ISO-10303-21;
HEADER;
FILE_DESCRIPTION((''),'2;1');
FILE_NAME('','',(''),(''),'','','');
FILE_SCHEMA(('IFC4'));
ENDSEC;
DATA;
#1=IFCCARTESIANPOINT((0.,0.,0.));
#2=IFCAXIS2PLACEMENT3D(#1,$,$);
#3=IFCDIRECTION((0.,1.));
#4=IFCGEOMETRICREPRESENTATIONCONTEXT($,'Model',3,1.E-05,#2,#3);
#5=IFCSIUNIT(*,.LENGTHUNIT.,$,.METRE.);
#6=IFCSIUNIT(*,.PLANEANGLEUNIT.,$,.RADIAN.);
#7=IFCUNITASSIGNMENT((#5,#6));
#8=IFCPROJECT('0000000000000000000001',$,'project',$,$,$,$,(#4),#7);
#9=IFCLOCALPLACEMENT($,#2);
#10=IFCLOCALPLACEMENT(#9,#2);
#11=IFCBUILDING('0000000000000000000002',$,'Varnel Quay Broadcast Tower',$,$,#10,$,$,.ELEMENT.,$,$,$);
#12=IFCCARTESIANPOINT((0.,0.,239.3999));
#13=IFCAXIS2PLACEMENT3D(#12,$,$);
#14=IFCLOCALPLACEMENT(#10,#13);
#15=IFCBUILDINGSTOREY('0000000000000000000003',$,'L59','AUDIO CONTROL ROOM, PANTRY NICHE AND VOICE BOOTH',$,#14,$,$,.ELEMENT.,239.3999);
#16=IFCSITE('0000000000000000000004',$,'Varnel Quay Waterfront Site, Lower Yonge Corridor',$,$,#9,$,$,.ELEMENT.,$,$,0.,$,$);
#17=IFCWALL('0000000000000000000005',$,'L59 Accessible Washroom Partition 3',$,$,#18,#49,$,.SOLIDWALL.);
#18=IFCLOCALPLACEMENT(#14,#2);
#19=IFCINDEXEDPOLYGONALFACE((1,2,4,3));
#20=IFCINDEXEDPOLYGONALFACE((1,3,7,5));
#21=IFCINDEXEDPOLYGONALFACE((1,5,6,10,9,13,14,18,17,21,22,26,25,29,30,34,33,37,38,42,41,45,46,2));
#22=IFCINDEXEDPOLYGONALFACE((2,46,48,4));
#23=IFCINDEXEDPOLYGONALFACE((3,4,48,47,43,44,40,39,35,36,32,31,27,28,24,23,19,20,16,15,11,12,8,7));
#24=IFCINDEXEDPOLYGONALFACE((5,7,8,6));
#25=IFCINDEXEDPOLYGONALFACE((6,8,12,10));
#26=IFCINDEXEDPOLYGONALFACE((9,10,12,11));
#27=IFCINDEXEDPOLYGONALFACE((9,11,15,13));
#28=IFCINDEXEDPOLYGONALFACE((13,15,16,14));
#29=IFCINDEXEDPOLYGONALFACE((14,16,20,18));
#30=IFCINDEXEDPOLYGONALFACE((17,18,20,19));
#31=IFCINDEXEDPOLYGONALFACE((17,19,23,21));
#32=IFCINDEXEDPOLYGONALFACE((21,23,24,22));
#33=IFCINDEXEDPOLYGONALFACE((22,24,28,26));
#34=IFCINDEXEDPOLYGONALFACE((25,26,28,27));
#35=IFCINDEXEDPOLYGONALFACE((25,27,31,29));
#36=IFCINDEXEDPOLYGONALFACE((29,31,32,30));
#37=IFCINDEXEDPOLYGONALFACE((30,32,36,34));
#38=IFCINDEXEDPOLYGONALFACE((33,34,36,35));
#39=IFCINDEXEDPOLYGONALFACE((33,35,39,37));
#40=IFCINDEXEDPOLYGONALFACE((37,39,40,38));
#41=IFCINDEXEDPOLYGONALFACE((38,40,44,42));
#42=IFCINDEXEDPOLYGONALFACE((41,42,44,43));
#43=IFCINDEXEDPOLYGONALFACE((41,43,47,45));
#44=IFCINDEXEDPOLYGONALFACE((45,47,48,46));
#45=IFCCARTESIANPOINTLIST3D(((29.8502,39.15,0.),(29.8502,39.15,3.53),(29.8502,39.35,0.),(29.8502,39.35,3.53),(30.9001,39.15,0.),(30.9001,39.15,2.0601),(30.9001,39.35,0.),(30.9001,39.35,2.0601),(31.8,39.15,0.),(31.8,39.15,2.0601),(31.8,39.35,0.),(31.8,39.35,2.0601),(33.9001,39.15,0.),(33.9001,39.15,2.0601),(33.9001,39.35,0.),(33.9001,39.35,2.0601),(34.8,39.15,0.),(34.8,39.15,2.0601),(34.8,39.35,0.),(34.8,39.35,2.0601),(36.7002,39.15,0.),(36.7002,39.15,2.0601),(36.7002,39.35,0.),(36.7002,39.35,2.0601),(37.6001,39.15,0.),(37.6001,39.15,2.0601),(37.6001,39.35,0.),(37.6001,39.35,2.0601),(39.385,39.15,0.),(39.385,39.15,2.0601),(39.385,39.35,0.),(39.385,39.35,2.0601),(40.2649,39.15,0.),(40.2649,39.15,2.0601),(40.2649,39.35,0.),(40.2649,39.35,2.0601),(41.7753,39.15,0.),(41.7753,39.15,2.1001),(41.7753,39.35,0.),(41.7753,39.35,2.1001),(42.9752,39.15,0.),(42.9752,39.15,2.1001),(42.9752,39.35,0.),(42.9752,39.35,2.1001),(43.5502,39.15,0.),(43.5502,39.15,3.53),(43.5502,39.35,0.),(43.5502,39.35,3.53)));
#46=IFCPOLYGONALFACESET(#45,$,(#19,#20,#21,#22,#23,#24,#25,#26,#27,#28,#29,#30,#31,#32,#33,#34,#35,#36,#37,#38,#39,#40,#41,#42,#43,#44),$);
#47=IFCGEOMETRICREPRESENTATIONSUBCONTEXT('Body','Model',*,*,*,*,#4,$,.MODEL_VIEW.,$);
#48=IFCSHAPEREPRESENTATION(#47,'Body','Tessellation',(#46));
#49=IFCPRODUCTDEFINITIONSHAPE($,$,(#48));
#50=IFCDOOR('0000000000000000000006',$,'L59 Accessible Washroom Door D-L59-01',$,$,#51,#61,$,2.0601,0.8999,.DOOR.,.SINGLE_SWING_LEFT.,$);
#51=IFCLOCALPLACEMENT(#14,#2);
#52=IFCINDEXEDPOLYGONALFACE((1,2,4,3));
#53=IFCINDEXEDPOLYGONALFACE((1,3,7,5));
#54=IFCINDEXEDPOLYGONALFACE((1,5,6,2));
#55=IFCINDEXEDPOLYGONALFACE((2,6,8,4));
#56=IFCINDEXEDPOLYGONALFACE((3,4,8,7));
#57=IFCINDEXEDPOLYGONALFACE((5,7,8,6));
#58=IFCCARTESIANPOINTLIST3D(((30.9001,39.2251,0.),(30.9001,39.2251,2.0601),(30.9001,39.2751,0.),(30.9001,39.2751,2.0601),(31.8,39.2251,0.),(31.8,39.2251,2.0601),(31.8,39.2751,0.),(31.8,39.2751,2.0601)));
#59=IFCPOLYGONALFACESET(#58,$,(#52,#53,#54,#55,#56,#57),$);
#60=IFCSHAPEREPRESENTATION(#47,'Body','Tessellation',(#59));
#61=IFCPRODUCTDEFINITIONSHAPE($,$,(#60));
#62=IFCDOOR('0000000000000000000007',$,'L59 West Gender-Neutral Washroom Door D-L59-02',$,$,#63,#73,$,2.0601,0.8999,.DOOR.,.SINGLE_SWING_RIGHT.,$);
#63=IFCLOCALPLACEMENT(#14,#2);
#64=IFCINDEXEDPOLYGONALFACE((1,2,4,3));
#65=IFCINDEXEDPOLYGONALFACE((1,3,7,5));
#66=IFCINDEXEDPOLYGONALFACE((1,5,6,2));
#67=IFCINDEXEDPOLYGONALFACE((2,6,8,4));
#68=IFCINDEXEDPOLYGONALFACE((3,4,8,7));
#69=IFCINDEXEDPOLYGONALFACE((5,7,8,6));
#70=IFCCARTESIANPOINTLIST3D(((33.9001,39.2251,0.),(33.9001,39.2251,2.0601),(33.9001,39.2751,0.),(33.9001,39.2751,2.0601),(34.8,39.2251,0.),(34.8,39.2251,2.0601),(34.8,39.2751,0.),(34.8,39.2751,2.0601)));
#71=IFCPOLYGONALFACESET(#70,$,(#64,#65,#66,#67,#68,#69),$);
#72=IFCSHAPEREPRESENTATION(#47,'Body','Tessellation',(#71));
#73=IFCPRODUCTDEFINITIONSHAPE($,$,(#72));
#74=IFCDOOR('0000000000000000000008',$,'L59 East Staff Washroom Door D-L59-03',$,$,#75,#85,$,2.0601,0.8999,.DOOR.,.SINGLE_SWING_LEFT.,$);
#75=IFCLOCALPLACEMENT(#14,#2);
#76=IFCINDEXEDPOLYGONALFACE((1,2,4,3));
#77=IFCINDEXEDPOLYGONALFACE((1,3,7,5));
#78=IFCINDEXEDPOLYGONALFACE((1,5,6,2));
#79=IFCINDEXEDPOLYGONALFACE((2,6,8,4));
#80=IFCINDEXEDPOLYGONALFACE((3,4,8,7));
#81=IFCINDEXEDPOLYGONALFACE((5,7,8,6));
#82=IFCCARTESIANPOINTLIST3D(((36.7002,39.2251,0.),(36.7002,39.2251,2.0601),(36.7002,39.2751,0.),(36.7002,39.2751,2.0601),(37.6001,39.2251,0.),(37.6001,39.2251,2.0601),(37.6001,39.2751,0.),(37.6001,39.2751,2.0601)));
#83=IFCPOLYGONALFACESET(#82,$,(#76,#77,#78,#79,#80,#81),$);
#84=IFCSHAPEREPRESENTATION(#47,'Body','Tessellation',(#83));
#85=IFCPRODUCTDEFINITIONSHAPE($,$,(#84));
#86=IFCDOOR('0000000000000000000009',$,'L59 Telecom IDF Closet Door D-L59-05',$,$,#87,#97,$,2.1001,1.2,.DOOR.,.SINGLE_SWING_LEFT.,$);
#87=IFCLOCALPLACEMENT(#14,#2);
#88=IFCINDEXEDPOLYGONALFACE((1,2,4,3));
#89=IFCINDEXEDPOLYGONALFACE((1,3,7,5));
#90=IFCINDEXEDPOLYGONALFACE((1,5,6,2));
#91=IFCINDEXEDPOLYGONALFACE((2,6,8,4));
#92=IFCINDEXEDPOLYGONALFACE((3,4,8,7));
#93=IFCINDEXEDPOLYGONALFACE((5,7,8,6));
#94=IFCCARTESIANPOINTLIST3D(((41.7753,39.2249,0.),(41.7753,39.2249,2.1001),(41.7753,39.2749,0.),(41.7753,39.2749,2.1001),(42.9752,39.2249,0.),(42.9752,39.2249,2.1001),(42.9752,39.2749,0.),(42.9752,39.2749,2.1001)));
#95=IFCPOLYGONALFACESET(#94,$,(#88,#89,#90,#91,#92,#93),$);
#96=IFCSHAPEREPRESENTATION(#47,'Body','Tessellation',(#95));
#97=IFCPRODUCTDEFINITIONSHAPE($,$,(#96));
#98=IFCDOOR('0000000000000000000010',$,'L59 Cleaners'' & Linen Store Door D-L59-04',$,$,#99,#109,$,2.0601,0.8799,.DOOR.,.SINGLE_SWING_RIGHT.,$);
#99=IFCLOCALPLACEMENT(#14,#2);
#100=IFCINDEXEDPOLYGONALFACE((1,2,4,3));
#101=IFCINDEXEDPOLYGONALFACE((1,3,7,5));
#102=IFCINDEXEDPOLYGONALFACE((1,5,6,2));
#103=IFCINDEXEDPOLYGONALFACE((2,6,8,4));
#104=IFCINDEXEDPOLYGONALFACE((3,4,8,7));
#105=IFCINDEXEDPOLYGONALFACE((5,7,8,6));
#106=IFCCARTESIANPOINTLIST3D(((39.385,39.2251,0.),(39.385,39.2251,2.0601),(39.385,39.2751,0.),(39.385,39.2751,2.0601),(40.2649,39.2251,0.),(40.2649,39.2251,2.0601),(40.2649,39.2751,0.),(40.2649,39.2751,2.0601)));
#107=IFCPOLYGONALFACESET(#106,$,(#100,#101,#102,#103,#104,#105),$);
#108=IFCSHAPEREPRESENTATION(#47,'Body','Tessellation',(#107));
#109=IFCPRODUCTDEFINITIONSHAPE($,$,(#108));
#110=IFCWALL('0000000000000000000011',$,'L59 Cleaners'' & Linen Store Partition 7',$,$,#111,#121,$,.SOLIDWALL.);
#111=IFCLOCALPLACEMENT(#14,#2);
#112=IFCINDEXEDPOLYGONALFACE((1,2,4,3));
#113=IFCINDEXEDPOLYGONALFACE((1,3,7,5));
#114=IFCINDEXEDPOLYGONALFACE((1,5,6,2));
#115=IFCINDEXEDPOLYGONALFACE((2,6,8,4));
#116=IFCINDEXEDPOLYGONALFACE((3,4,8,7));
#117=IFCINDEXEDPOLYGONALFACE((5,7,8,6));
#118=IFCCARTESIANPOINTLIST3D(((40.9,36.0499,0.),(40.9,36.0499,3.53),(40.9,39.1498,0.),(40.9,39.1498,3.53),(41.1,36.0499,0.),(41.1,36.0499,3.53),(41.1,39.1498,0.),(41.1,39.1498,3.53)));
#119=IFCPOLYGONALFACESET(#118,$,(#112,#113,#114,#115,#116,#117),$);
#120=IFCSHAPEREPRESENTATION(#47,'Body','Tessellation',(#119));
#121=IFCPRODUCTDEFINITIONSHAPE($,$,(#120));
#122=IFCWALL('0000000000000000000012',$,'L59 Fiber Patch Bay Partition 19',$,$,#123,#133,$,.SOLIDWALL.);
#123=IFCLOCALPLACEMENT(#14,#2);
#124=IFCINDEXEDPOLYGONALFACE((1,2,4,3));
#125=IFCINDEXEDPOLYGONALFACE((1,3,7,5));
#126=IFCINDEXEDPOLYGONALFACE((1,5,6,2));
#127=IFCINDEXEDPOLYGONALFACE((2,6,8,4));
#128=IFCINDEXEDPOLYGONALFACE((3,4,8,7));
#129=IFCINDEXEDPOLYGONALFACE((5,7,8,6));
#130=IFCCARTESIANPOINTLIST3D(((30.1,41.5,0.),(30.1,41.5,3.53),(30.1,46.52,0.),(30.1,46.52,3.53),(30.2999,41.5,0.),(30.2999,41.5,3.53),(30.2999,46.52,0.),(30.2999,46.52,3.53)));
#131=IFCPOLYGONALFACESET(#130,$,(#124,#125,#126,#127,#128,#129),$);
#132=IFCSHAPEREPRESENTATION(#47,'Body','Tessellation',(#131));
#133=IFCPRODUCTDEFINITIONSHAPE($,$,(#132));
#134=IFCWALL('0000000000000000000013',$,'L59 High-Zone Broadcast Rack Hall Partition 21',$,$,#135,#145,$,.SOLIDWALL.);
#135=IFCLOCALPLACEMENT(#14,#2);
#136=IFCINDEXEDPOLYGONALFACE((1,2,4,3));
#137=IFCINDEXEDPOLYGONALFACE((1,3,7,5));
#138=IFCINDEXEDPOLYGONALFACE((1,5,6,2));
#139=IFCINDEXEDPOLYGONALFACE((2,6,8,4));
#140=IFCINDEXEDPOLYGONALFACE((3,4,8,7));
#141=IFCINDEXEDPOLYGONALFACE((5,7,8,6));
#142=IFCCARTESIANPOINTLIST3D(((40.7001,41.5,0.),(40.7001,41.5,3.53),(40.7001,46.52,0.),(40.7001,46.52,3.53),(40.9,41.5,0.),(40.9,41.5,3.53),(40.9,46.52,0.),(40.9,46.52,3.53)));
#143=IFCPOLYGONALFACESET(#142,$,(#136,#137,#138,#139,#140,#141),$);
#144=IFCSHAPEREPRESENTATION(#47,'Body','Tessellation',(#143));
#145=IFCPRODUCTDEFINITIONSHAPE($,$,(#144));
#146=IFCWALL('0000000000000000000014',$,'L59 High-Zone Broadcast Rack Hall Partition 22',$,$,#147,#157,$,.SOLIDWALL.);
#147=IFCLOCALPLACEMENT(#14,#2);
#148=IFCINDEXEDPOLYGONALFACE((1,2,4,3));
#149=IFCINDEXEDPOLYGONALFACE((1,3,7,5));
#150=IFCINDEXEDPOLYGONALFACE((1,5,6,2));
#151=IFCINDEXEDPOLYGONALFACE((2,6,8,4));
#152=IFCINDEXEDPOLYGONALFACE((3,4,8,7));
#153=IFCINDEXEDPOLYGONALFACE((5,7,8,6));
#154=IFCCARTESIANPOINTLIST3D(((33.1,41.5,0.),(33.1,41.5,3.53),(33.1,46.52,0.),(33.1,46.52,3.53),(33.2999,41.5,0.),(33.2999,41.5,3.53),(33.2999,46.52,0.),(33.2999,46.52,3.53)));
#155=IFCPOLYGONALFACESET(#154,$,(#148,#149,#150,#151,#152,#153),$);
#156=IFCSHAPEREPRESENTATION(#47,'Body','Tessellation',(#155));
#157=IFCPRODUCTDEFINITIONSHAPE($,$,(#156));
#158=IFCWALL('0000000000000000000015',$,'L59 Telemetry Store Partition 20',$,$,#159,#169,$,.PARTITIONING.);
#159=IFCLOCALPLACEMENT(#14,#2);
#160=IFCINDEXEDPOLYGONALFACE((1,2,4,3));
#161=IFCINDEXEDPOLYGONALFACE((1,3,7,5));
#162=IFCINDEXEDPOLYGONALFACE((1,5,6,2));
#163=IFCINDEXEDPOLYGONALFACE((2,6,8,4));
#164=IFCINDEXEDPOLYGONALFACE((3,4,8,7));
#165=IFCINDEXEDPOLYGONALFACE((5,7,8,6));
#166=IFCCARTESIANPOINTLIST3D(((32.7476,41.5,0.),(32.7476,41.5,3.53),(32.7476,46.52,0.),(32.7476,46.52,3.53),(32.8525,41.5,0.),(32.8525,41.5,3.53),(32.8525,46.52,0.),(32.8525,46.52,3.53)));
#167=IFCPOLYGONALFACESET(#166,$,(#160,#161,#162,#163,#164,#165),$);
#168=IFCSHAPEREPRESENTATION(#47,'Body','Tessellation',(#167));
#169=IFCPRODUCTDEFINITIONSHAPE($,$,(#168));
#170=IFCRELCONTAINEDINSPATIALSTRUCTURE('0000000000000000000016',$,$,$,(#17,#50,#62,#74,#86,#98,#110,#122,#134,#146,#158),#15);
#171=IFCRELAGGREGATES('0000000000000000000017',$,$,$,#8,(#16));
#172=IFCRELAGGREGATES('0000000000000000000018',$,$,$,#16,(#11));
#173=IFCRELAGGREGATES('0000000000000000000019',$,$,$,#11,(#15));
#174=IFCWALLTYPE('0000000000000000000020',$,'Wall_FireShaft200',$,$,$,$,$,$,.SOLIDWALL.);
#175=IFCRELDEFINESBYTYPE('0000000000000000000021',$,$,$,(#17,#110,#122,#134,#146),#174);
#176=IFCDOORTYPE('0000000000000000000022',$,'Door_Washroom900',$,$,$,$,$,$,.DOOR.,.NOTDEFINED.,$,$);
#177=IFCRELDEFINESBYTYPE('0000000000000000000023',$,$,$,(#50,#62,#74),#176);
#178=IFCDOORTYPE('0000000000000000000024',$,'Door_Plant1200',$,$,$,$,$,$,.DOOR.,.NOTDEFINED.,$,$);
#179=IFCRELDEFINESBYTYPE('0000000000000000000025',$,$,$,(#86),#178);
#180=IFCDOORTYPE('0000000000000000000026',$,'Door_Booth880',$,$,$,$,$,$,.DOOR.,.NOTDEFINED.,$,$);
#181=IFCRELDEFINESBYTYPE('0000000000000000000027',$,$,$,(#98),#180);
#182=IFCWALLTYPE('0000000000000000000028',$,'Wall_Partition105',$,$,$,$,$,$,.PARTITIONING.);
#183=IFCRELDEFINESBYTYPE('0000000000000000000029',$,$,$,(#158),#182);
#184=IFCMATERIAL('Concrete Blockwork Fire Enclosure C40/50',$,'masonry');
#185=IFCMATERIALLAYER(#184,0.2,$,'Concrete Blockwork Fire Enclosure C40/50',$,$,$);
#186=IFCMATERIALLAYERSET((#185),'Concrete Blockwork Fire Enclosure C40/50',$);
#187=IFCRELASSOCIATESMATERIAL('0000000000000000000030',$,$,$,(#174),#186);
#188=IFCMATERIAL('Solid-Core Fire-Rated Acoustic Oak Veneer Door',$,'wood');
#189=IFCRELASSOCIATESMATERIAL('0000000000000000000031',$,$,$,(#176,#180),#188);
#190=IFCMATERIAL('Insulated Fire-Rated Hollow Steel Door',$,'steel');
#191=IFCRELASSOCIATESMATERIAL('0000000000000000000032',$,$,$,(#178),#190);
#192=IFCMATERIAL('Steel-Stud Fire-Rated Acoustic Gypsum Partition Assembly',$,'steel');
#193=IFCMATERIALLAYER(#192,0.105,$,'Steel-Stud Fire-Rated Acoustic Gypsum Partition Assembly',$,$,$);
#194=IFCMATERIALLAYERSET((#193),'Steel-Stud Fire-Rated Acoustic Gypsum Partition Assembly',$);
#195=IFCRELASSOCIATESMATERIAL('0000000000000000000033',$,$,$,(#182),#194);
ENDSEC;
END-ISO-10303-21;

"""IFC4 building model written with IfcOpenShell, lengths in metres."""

from ifc_helpers import new_model, si_unit, direction, frame, frame_2d, origin, place, context, subcontext, project, spatial, rectangle, extrude, source, transform, mapped, material, layer, layer_set, type_object, type_shapes, element, fill, save


model = new_model("IFC4")

# Units and contexts
model_context = context("Model", 3, precision=1e-05, world=origin(), true_north=direction((0.0, 1.0)))
body_context = subcontext(model_context, "Body", "Model", "MODEL_VIEW")
ifc_project = project(units=[si_unit("LENGTHUNIT", "METRE"), si_unit("PLANEANGLEUNIT", "RADIAN")], contexts=[model_context])

# Site, building, storey
site_placement = place(None, origin())
site = spatial("IfcSite", under=ifc_project, at=site_placement, Name="Varnel Quay Waterfront Site, Lower Yonge Corridor", CompositionType="ELEMENT", RefElevation=0.0)
building_placement = place(site_placement, origin())
building = spatial("IfcBuilding", under=site, at=building_placement, Name="Varnel Quay Broadcast Tower", CompositionType="ELEMENT")
storey_placement = place(building_placement, frame((0.0, 0.0, 239.3999)))
storey = spatial("IfcBuildingStorey", under=building, at=storey_placement, Name="L59", Description="AUDIO CONTROL ROOM, PANTRY NICHE AND VOICE BOOTH", CompositionType="ELEMENT", Elevation=239.3999)

# Shared definitions
ifc_material_1 = material(Name="Concrete Blockwork Fire Enclosure C40/50", Category="masonry")
ifc_layer_1 = layer(ifc_material_1, 0.2, Name="Concrete Blockwork Fire Enclosure C40/50")
ifc_layer_set_1 = layer_set([ifc_layer_1], Name="Concrete Blockwork Fire Enclosure C40/50")
wall_type_1 = type_object("IfcWallType", Name="Wall_FireShaft200", PredefinedType="SOLIDWALL", material=ifc_layer_set_1)

# Wall, openings, doors
wall_1_placement = place(storey_placement, frame((29.8501, 39.25, 0.0), z_axis=(0.0, 0.0, 1.0), x_axis=(1.0, 0.0, 0.0)))
wall_1 = element("IfcWall", 1, at=wall_1_placement, inside=storey, type_object=wall_type_1, Name="L59 Accessible Washroom Partition 3", PredefinedType="SOLIDWALL", context=body_context, shape_type="SweptSolid", body=[
    extrude(rectangle(XDim=13.7, YDim=0.2, at=frame_2d((6.8501, 0.0))), origin(), (0.0, 0.0, 1.0), 3.53),
])
opening_1_placement = place(wall_1_placement, frame((1.05, 0.0, 0.0)))
opening_1 = element("IfcOpeningElement", 2, at=opening_1_placement, cuts=wall_1, PredefinedType="OPENING", context=body_context, shape_type="SweptSolid", body=[
    extrude(rectangle(XDim=0.8999, YDim=2.0601, at=frame_2d((0.45, 1.03))), frame((0.0, 0.1099, 0.0), z_axis=(0.0, -1.0, 0.0), x_axis=(1.0, 0.0, 0.0)), (0.0, 0.0, 1.0), 0.22),
])
opening_2_placement = place(wall_1_placement, frame((4.05, 0.0, 0.0)))
opening_2 = element("IfcOpeningElement", 3, at=opening_2_placement, cuts=wall_1, PredefinedType="OPENING", context=body_context, shape_type="SweptSolid", body=[
    extrude(rectangle(XDim=0.8999, YDim=2.0601, at=frame_2d((0.45, 1.03))), frame((0.0, 0.1099, 0.0), z_axis=(0.0, -1.0, 0.0), x_axis=(1.0, 0.0, 0.0)), (0.0, 0.0, 1.0), 0.22),
])
opening_3_placement = place(wall_1_placement, frame((6.8501, 0.0, 0.0)))
opening_3 = element("IfcOpeningElement", 4, at=opening_3_placement, cuts=wall_1, PredefinedType="OPENING", context=body_context, shape_type="SweptSolid", body=[
    extrude(rectangle(XDim=0.8999, YDim=2.0601, at=frame_2d((0.45, 1.03))), frame((0.0, 0.1099, 0.0), z_axis=(0.0, -1.0, 0.0), x_axis=(1.0, 0.0, 0.0)), (0.0, 0.0, 1.0), 0.22),
])
opening_4_placement = place(wall_1_placement, frame((9.5349, 0.0, 0.0)))
opening_4 = element("IfcOpeningElement", 5, at=opening_4_placement, cuts=wall_1, PredefinedType="OPENING", context=body_context, shape_type="SweptSolid", body=[
    extrude(rectangle(XDim=0.8799, YDim=2.0601, at=frame_2d((0.4399, 1.03))), frame((0.0, 0.1099, 0.0), z_axis=(0.0, -1.0, 0.0), x_axis=(1.0, 0.0, 0.0)), (0.0, 0.0, 1.0), 0.22),
])
opening_5_placement = place(wall_1_placement, frame((11.925, 0.0, 0.0)))
opening_5 = element("IfcOpeningElement", 6, at=opening_5_placement, cuts=wall_1, PredefinedType="OPENING", context=body_context, shape_type="SweptSolid", body=[
    extrude(rectangle(XDim=1.2, YDim=2.1001, at=frame_2d((0.6001, 1.05))), frame((0.0, 0.1099, 0.0), z_axis=(0.0, -1.0, 0.0), x_axis=(1.0, 0.0, 0.0)), (0.0, 0.0, 1.0), 0.22),
])
ifc_material_2 = material(Name="Solid-Core Fire-Rated Acoustic Oak Veneer Door", Category="wood")
door_type_1 = type_object("IfcDoorType", Name="Door_Washroom900", OperationType="NOTDEFINED", PredefinedType="DOOR", material=ifc_material_2)
shared_shape_1 = source(origin(), body_context, "Body", "SweptSolid", [
    extrude(rectangle(XDim=0.8999, YDim=2.0601, at=frame_2d((0.45, 1.03))), frame((0.0, 0.0249, 0.0), z_axis=(0.0, -1.0, 0.0), x_axis=(1.0, 0.0, 0.0)), (0.0, 0.0, 1.0), 0.05),
])
type_shapes(door_type_1, [shared_shape_1])
door_1_placement = place(opening_1_placement, frame((0.8999, 0.0, 0.0), z_axis=(0.0, 0.0, 1.0), x_axis=(-1.0, 0.0, 0.0)))
door_1 = element("IfcDoor", 7, at=door_1_placement, inside=storey, type_object=door_type_1, Name="L59 Accessible Washroom Door D-L59-01", OperationType="SINGLE_SWING_LEFT", OverallHeight=2.0601, OverallWidth=0.8999, PredefinedType="DOOR", context=body_context, shape_type="MappedRepresentation", body=[
    mapped(shared_shape_1, transform((0.0, 0.0, 0.0), x_axis=(1.0, 0.0, 0.0), y_axis=(0.0, 1.0, 0.0), z_axis=(0.0, 0.0, 1.0), scale=1.0)),
])
fill(opening_1, door_1)
door_2_placement = place(opening_2_placement, frame((0.8999, 0.0, 0.0), z_axis=(0.0, 0.0, 1.0), x_axis=(-1.0, 0.0, 0.0)))
door_2 = element("IfcDoor", 8, at=door_2_placement, inside=storey, type_object=door_type_1, Name="L59 West Gender-Neutral Washroom Door D-L59-02", OperationType="SINGLE_SWING_RIGHT", OverallHeight=2.0601, OverallWidth=0.8999, PredefinedType="DOOR", context=body_context, shape_type="MappedRepresentation", body=[
    mapped(shared_shape_1, transform((0.0, 0.0, 0.0), x_axis=(1.0, 0.0, 0.0), y_axis=(0.0, 1.0, 0.0), z_axis=(0.0, 0.0, 1.0), scale=1.0)),
])
fill(opening_2, door_2)
door_3_placement = place(opening_3_placement, frame((0.8999, 0.0, 0.0), z_axis=(0.0, 0.0, 1.0), x_axis=(-1.0, 0.0, 0.0)))
door_3 = element("IfcDoor", 9, at=door_3_placement, inside=storey, type_object=door_type_1, Name="L59 East Staff Washroom Door D-L59-03", OperationType="SINGLE_SWING_LEFT", OverallHeight=2.0601, OverallWidth=0.8999, PredefinedType="DOOR", context=body_context, shape_type="MappedRepresentation", body=[
    mapped(shared_shape_1, transform((0.0, 0.0, 0.0), x_axis=(1.0, 0.0, 0.0), y_axis=(0.0, 1.0, 0.0), z_axis=(0.0, 0.0, 1.0), scale=1.0)),
])
fill(opening_3, door_3)
ifc_material_3 = material(Name="Insulated Fire-Rated Hollow Steel Door", Category="steel")
door_type_2 = type_object("IfcDoorType", Name="Door_Plant1200", OperationType="NOTDEFINED", PredefinedType="DOOR", material=ifc_material_3)
shared_shape_2 = source(origin(), body_context, "Body", "SweptSolid", [
    extrude(rectangle(XDim=1.2, YDim=2.1001, at=frame_2d((0.6001, 1.05))), frame((0.0, 0.0249, 0.0), z_axis=(0.0, -1.0, 0.0), x_axis=(1.0, 0.0, 0.0)), (0.0, 0.0, 1.0), 0.05),
])
type_shapes(door_type_2, [shared_shape_2])
door_4_placement = place(opening_5_placement, origin())
door_4 = element("IfcDoor", 10, at=door_4_placement, inside=storey, type_object=door_type_2, Name="L59 Telecom IDF Closet Door D-L59-05", OperationType="SINGLE_SWING_LEFT", OverallHeight=2.1001, OverallWidth=1.2, PredefinedType="DOOR", context=body_context, shape_type="MappedRepresentation", body=[
    mapped(shared_shape_2, transform((0.0, 0.0, 0.0), x_axis=(1.0, 0.0, 0.0), y_axis=(0.0, 1.0, 0.0), z_axis=(0.0, 0.0, 1.0), scale=1.0)),
])
fill(opening_5, door_4)
door_type_3 = type_object("IfcDoorType", Name="Door_Booth880", OperationType="NOTDEFINED", PredefinedType="DOOR", material=ifc_material_2)
shared_shape_3 = source(origin(), body_context, "Body", "SweptSolid", [
    extrude(rectangle(XDim=0.8799, YDim=2.0601, at=frame_2d((0.4399, 1.03))), frame((0.0, 0.0249, 0.0), z_axis=(0.0, -1.0, 0.0), x_axis=(1.0, 0.0, 0.0)), (0.0, 0.0, 1.0), 0.05),
])
type_shapes(door_type_3, [shared_shape_3])
door_5_placement = place(opening_4_placement, frame((0.8799, 0.0, 0.0), z_axis=(0.0, 0.0, 1.0), x_axis=(-1.0, 0.0, 0.0)))
door_5 = element("IfcDoor", 11, at=door_5_placement, inside=storey, type_object=door_type_3, Name="L59 Cleaners' & Linen Store Door D-L59-04", OperationType="SINGLE_SWING_RIGHT", OverallHeight=2.0601, OverallWidth=0.8799, PredefinedType="DOOR", context=body_context, shape_type="MappedRepresentation", body=[
    mapped(shared_shape_3, transform((0.0, 0.0, 0.0), x_axis=(1.0, 0.0, 0.0), y_axis=(0.0, 1.0, 0.0), z_axis=(0.0, 0.0, 1.0), scale=1.0)),
])
fill(opening_4, door_5)

# Walls
wall_2_placement = place(storey_placement, frame((41.0, 36.05, 0.0), z_axis=(0.0, 0.0, 1.0), x_axis=(0.0, 1.0, 0.0)))
element("IfcWall", 12, at=wall_2_placement, inside=storey, type_object=wall_type_1, Name="L59 Cleaners' & Linen Store Partition 7", PredefinedType="SOLIDWALL", context=body_context, shape_type="SweptSolid", body=[
    extrude(rectangle(XDim=3.0999, YDim=0.2, at=frame_2d((1.5498, 0.0))), origin(), (0.0, 0.0, 1.0), 3.53),
])
for number, where, z_axis, x_axis, name in (
    (13, (30.2, 41.5, 0.0), (0.0, 0.0, 1.0), (0.0, 1.0, 0.0), "L59 Fiber Patch Bay Partition 19"),
    (14, (40.8, 41.5, 0.0), (0.0, 0.0, 1.0), (0.0, 1.0, 0.0), "L59 High-Zone Broadcast Rack Hall Partition 21"),
    (15, (33.2, 41.5, 0.0), (0.0, 0.0, 1.0), (0.0, 1.0, 0.0), "L59 High-Zone Broadcast Rack Hall Partition 22"),
):
    element("IfcWall", number, at=place(storey_placement, frame(where, z_axis=z_axis, x_axis=x_axis)), inside=storey, type_object=wall_type_1, Name=name, PredefinedType="SOLIDWALL", context=body_context, shape_type="SweptSolid", body=[
        extrude(rectangle(XDim=5.02, YDim=0.2, at=frame_2d((2.51, 0.0))), origin(), (0.0, 0.0, 1.0), 3.53),
    ])
ifc_material_4 = material(Name="Steel-Stud Fire-Rated Acoustic Gypsum Partition Assembly", Category="steel")
ifc_layer_2 = layer(ifc_material_4, 0.105, Name="Steel-Stud Fire-Rated Acoustic Gypsum Partition Assembly")
ifc_layer_set_2 = layer_set([ifc_layer_2], Name="Steel-Stud Fire-Rated Acoustic Gypsum Partition Assembly")
wall_type_2 = type_object("IfcWallType", Name="Wall_Partition105", PredefinedType="PARTITIONING", material=ifc_layer_set_2)
wall_3_placement = place(storey_placement, frame((32.8, 41.5, 0.0), z_axis=(0.0, 0.0, 1.0), x_axis=(0.0, 1.0, 0.0)))
element("IfcWall", 16, at=wall_3_placement, inside=storey, type_object=wall_type_2, Name="L59 Telemetry Store Partition 20", PredefinedType="PARTITIONING", context=body_context, shape_type="SweptSolid", body=[
    extrude(rectangle(XDim=5.02, YDim=0.105, at=frame_2d((2.51, 0.0))), origin(), (0.0, 0.0, 1.0), 3.53),
])

save(model, "model.ifc")
